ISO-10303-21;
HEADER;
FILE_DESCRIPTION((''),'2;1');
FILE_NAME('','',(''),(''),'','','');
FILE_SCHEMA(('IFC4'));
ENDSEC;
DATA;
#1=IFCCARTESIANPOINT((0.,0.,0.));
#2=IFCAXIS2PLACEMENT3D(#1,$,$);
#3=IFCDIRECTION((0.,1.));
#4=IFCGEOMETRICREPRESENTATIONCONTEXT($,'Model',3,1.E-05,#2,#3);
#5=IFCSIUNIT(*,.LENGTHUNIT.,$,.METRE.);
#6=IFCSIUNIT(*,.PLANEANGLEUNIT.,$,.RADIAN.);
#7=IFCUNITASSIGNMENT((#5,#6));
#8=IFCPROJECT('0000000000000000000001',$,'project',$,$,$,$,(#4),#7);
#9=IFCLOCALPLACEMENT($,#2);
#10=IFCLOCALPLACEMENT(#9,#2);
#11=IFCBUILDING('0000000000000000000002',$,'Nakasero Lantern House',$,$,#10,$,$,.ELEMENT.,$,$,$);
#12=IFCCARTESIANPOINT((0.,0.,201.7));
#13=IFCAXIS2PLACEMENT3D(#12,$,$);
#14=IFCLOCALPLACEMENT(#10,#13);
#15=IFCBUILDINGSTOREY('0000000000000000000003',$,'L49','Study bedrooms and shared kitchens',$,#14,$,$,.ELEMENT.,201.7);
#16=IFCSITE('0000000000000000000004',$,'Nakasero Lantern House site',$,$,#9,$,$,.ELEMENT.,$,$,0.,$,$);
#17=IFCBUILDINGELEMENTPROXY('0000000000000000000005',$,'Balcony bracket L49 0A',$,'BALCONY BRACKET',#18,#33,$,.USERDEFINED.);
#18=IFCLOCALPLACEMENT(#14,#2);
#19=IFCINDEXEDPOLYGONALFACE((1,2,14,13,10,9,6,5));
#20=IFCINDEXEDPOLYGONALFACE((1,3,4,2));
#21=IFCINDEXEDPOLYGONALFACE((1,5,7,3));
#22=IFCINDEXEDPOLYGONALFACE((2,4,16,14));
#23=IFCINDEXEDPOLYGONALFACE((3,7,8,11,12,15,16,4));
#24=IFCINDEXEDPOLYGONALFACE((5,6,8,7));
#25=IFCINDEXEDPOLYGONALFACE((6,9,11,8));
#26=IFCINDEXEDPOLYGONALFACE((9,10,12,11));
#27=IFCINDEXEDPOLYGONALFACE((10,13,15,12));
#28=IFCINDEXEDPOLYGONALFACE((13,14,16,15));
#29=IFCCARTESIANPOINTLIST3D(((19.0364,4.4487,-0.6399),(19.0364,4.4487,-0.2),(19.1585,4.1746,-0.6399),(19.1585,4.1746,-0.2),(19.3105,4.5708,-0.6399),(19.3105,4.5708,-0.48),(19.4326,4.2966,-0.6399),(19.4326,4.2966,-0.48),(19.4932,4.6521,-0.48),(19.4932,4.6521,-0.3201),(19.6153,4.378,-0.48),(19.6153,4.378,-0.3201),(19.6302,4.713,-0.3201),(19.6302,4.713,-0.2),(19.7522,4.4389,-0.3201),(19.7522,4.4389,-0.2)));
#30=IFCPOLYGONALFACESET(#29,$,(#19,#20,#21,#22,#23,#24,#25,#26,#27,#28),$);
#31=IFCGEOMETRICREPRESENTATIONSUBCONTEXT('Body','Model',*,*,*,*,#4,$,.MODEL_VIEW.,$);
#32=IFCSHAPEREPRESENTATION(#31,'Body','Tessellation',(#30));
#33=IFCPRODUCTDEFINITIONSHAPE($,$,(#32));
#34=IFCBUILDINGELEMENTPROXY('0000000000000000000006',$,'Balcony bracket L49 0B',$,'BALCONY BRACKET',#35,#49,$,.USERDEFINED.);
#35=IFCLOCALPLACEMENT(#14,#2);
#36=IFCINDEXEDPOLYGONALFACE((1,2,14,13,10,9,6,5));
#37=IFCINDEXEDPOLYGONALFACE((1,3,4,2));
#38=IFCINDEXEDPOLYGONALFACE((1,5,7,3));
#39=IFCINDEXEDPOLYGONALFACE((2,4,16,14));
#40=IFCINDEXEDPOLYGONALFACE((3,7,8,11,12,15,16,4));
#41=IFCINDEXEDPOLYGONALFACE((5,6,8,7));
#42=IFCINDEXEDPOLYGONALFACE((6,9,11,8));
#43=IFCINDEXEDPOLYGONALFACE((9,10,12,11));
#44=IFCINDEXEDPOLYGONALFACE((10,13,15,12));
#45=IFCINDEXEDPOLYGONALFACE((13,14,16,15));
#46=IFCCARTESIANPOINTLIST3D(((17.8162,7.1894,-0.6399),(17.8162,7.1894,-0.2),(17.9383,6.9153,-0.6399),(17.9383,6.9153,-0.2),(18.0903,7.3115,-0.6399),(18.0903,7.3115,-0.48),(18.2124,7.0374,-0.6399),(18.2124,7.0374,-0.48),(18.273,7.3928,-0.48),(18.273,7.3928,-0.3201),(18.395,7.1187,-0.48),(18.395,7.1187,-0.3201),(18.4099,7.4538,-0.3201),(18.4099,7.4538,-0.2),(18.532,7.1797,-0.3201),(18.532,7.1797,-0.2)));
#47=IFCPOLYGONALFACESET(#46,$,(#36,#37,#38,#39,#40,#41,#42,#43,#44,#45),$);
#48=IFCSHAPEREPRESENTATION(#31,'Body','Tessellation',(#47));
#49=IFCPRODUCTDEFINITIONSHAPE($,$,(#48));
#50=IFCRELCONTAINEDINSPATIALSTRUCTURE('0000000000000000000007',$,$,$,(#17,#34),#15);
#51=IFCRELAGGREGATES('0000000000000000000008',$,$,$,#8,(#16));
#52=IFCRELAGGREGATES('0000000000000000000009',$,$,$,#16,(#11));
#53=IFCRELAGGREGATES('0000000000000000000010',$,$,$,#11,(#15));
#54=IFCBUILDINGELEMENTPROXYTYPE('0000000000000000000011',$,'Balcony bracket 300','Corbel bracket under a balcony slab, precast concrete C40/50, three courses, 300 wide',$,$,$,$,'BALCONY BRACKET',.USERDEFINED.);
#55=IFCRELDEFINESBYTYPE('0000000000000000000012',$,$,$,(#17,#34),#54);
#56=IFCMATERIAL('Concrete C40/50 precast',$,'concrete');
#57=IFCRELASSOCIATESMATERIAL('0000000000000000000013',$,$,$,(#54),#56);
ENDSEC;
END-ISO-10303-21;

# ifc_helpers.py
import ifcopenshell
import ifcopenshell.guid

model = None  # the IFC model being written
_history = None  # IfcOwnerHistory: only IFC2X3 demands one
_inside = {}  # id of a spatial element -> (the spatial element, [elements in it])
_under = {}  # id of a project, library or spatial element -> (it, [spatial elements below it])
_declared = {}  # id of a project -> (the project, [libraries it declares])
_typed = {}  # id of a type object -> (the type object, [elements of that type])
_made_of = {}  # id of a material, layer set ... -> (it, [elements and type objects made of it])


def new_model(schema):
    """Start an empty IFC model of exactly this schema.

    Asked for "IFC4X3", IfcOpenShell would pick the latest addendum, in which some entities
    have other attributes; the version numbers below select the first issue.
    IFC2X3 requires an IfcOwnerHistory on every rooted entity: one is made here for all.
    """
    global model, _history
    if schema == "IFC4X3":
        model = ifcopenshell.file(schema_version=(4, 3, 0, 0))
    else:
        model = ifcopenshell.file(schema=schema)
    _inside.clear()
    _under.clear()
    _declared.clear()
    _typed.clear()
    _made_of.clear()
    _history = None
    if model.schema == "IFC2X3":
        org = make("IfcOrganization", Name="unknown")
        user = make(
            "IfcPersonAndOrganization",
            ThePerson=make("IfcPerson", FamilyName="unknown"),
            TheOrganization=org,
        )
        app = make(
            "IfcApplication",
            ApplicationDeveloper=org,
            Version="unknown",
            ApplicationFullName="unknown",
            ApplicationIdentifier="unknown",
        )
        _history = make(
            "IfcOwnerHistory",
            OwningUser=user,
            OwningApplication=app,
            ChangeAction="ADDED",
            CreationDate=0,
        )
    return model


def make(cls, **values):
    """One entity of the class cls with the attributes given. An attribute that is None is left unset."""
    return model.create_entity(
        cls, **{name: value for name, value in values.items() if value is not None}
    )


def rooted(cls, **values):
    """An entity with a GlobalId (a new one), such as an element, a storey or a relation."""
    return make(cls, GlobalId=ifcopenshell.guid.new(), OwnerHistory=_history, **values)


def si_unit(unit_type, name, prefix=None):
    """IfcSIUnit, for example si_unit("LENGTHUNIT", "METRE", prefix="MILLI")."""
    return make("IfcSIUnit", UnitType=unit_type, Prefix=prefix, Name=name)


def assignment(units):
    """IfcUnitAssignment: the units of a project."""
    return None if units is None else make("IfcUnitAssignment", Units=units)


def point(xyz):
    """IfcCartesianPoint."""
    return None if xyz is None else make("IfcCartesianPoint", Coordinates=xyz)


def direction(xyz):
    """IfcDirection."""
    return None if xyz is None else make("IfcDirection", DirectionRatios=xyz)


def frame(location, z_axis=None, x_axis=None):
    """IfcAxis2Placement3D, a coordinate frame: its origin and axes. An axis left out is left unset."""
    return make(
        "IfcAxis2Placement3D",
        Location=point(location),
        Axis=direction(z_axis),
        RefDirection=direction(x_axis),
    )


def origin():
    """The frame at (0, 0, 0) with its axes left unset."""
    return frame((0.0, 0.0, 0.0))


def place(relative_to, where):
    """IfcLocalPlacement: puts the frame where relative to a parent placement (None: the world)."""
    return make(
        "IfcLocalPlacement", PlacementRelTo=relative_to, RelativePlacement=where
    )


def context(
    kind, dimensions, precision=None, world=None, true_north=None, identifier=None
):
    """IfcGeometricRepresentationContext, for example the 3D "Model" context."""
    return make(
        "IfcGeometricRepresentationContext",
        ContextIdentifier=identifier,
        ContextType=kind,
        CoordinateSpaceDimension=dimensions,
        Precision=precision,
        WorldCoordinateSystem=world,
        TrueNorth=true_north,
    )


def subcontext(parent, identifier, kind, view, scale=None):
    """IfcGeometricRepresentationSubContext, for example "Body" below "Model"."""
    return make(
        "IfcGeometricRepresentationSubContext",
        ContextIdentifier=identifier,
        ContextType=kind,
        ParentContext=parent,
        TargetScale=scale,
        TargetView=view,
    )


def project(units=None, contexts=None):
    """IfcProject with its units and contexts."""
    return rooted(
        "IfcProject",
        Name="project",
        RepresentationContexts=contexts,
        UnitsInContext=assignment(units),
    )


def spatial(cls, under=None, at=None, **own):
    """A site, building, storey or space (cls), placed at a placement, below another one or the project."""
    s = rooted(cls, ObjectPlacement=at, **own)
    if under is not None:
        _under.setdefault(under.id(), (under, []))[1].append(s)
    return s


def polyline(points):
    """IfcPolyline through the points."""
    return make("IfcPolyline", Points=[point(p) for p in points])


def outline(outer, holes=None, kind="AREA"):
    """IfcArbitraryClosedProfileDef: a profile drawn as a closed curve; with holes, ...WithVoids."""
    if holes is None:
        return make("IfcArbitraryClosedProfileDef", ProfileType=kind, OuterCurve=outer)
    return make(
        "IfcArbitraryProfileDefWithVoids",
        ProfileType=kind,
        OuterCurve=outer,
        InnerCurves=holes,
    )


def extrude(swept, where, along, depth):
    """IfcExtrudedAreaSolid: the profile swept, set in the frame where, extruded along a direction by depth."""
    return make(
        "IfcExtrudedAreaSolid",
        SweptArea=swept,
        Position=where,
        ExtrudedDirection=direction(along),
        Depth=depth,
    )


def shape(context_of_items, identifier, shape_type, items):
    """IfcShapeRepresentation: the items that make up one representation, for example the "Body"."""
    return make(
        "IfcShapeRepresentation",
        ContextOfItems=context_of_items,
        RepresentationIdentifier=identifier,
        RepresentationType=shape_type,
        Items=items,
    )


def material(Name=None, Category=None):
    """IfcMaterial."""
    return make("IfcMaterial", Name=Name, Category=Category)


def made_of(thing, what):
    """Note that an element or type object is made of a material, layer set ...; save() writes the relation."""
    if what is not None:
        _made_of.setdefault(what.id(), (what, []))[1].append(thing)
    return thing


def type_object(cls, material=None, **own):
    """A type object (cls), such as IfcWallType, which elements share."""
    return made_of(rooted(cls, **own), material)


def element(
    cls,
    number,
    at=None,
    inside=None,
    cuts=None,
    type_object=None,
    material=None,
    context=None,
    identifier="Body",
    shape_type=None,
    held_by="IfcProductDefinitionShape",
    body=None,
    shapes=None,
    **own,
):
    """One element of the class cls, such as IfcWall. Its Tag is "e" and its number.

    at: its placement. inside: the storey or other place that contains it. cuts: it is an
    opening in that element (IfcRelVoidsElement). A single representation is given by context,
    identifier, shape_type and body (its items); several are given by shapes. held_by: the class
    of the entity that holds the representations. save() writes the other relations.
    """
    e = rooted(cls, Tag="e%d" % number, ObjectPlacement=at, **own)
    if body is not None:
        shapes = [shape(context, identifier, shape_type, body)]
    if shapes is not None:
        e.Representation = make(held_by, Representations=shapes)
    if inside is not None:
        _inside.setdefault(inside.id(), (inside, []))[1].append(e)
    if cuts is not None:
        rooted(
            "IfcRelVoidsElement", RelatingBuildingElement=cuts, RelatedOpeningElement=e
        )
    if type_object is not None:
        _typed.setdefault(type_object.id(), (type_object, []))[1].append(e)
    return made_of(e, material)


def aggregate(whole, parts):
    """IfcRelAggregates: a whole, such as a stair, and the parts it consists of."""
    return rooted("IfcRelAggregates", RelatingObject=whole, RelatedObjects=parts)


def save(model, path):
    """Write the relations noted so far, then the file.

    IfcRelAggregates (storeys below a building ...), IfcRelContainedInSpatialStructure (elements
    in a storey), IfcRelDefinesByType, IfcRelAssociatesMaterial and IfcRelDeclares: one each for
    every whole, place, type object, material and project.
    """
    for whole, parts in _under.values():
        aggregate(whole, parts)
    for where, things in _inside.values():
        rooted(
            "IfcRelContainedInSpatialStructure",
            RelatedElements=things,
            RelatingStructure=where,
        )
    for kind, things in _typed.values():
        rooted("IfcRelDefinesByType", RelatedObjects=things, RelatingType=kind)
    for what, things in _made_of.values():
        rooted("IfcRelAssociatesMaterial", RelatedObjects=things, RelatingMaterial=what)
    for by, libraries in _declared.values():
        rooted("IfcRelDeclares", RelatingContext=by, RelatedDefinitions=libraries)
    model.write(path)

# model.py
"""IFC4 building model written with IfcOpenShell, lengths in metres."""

from ifc_helpers import new_model, si_unit, direction, frame, origin, place, context, subcontext, project, spatial, polyline, outline, extrude, material, type_object, element, save


model = new_model("IFC4")

# Units and contexts
model_context = context("Model", 3, precision=1e-05, world=origin(), true_north=direction((0.0, 1.0)))
body_context = subcontext(model_context, "Body", "Model", "MODEL_VIEW")
ifc_project = project(units=[si_unit("LENGTHUNIT", "METRE"), si_unit("PLANEANGLEUNIT", "RADIAN")], contexts=[model_context])

# Site, building, storey
site_placement = place(None, origin())
site = spatial("IfcSite", under=ifc_project, at=site_placement, Name="Nakasero Lantern House site", CompositionType="ELEMENT", RefElevation=0.0)
building_placement = place(site_placement, origin())
building = spatial("IfcBuilding", under=site, at=building_placement, Name="Nakasero Lantern House", CompositionType="ELEMENT")
storey_placement = place(building_placement, frame((0.0, 0.0, 201.7)))
storey = spatial("IfcBuildingStorey", under=building, at=storey_placement, Name="L49", Description="Study bedrooms and shared kitchens", CompositionType="ELEMENT", Elevation=201.7)

# Building element proxies
ifc_material_1 = material(Name="Concrete C40/50 precast", Category="concrete")
building_element_proxy_type = type_object("IfcBuildingElementProxyType", Name="Balcony bracket 300", Description="Corbel bracket under a balcony slab, precast concrete C40/50, three courses, 300 wide", ElementType="BALCONY BRACKET", PredefinedType="USERDEFINED", material=ifc_material_1)
for number, where, z_axis, x_axis, name in (
    (1, (19.0974, 4.3118, -0.2), (0.0, 0.0, 1.0), (0.913545, 0.406737, 0.0), "Balcony bracket L49 0A"),
    (2, (17.8772, 7.0525, -0.2), (0.0, 0.0, 1.0), (0.913545, 0.406737, 0.0), "Balcony bracket L49 0B"),
):
    element("IfcBuildingElementProxy", number, at=place(storey_placement, frame(where, z_axis=z_axis, x_axis=x_axis)), inside=storey, type_object=building_element_proxy_type, Name=name, ObjectType="BALCONY BRACKET", PredefinedType="USERDEFINED", context=body_context, shape_type="SweptSolid", body=[
        extrude(outline(polyline([(0.0, 0.0), (0.6499, 0.0), (0.6499, -0.1201), (0.5, -0.1201), (0.5, -0.28), (0.3, -0.28), (0.3, -0.4399), (0.0, -0.4399), (0.0, 0.0)])), frame((0.0, 0.1499, 0.0), z_axis=(0.0, -1.0, 0.0), x_axis=(1.0, 0.0, 0.0)), (0.0, 0.0, 1.0), 0.3),
    ])

save(model, "model.ifc")
